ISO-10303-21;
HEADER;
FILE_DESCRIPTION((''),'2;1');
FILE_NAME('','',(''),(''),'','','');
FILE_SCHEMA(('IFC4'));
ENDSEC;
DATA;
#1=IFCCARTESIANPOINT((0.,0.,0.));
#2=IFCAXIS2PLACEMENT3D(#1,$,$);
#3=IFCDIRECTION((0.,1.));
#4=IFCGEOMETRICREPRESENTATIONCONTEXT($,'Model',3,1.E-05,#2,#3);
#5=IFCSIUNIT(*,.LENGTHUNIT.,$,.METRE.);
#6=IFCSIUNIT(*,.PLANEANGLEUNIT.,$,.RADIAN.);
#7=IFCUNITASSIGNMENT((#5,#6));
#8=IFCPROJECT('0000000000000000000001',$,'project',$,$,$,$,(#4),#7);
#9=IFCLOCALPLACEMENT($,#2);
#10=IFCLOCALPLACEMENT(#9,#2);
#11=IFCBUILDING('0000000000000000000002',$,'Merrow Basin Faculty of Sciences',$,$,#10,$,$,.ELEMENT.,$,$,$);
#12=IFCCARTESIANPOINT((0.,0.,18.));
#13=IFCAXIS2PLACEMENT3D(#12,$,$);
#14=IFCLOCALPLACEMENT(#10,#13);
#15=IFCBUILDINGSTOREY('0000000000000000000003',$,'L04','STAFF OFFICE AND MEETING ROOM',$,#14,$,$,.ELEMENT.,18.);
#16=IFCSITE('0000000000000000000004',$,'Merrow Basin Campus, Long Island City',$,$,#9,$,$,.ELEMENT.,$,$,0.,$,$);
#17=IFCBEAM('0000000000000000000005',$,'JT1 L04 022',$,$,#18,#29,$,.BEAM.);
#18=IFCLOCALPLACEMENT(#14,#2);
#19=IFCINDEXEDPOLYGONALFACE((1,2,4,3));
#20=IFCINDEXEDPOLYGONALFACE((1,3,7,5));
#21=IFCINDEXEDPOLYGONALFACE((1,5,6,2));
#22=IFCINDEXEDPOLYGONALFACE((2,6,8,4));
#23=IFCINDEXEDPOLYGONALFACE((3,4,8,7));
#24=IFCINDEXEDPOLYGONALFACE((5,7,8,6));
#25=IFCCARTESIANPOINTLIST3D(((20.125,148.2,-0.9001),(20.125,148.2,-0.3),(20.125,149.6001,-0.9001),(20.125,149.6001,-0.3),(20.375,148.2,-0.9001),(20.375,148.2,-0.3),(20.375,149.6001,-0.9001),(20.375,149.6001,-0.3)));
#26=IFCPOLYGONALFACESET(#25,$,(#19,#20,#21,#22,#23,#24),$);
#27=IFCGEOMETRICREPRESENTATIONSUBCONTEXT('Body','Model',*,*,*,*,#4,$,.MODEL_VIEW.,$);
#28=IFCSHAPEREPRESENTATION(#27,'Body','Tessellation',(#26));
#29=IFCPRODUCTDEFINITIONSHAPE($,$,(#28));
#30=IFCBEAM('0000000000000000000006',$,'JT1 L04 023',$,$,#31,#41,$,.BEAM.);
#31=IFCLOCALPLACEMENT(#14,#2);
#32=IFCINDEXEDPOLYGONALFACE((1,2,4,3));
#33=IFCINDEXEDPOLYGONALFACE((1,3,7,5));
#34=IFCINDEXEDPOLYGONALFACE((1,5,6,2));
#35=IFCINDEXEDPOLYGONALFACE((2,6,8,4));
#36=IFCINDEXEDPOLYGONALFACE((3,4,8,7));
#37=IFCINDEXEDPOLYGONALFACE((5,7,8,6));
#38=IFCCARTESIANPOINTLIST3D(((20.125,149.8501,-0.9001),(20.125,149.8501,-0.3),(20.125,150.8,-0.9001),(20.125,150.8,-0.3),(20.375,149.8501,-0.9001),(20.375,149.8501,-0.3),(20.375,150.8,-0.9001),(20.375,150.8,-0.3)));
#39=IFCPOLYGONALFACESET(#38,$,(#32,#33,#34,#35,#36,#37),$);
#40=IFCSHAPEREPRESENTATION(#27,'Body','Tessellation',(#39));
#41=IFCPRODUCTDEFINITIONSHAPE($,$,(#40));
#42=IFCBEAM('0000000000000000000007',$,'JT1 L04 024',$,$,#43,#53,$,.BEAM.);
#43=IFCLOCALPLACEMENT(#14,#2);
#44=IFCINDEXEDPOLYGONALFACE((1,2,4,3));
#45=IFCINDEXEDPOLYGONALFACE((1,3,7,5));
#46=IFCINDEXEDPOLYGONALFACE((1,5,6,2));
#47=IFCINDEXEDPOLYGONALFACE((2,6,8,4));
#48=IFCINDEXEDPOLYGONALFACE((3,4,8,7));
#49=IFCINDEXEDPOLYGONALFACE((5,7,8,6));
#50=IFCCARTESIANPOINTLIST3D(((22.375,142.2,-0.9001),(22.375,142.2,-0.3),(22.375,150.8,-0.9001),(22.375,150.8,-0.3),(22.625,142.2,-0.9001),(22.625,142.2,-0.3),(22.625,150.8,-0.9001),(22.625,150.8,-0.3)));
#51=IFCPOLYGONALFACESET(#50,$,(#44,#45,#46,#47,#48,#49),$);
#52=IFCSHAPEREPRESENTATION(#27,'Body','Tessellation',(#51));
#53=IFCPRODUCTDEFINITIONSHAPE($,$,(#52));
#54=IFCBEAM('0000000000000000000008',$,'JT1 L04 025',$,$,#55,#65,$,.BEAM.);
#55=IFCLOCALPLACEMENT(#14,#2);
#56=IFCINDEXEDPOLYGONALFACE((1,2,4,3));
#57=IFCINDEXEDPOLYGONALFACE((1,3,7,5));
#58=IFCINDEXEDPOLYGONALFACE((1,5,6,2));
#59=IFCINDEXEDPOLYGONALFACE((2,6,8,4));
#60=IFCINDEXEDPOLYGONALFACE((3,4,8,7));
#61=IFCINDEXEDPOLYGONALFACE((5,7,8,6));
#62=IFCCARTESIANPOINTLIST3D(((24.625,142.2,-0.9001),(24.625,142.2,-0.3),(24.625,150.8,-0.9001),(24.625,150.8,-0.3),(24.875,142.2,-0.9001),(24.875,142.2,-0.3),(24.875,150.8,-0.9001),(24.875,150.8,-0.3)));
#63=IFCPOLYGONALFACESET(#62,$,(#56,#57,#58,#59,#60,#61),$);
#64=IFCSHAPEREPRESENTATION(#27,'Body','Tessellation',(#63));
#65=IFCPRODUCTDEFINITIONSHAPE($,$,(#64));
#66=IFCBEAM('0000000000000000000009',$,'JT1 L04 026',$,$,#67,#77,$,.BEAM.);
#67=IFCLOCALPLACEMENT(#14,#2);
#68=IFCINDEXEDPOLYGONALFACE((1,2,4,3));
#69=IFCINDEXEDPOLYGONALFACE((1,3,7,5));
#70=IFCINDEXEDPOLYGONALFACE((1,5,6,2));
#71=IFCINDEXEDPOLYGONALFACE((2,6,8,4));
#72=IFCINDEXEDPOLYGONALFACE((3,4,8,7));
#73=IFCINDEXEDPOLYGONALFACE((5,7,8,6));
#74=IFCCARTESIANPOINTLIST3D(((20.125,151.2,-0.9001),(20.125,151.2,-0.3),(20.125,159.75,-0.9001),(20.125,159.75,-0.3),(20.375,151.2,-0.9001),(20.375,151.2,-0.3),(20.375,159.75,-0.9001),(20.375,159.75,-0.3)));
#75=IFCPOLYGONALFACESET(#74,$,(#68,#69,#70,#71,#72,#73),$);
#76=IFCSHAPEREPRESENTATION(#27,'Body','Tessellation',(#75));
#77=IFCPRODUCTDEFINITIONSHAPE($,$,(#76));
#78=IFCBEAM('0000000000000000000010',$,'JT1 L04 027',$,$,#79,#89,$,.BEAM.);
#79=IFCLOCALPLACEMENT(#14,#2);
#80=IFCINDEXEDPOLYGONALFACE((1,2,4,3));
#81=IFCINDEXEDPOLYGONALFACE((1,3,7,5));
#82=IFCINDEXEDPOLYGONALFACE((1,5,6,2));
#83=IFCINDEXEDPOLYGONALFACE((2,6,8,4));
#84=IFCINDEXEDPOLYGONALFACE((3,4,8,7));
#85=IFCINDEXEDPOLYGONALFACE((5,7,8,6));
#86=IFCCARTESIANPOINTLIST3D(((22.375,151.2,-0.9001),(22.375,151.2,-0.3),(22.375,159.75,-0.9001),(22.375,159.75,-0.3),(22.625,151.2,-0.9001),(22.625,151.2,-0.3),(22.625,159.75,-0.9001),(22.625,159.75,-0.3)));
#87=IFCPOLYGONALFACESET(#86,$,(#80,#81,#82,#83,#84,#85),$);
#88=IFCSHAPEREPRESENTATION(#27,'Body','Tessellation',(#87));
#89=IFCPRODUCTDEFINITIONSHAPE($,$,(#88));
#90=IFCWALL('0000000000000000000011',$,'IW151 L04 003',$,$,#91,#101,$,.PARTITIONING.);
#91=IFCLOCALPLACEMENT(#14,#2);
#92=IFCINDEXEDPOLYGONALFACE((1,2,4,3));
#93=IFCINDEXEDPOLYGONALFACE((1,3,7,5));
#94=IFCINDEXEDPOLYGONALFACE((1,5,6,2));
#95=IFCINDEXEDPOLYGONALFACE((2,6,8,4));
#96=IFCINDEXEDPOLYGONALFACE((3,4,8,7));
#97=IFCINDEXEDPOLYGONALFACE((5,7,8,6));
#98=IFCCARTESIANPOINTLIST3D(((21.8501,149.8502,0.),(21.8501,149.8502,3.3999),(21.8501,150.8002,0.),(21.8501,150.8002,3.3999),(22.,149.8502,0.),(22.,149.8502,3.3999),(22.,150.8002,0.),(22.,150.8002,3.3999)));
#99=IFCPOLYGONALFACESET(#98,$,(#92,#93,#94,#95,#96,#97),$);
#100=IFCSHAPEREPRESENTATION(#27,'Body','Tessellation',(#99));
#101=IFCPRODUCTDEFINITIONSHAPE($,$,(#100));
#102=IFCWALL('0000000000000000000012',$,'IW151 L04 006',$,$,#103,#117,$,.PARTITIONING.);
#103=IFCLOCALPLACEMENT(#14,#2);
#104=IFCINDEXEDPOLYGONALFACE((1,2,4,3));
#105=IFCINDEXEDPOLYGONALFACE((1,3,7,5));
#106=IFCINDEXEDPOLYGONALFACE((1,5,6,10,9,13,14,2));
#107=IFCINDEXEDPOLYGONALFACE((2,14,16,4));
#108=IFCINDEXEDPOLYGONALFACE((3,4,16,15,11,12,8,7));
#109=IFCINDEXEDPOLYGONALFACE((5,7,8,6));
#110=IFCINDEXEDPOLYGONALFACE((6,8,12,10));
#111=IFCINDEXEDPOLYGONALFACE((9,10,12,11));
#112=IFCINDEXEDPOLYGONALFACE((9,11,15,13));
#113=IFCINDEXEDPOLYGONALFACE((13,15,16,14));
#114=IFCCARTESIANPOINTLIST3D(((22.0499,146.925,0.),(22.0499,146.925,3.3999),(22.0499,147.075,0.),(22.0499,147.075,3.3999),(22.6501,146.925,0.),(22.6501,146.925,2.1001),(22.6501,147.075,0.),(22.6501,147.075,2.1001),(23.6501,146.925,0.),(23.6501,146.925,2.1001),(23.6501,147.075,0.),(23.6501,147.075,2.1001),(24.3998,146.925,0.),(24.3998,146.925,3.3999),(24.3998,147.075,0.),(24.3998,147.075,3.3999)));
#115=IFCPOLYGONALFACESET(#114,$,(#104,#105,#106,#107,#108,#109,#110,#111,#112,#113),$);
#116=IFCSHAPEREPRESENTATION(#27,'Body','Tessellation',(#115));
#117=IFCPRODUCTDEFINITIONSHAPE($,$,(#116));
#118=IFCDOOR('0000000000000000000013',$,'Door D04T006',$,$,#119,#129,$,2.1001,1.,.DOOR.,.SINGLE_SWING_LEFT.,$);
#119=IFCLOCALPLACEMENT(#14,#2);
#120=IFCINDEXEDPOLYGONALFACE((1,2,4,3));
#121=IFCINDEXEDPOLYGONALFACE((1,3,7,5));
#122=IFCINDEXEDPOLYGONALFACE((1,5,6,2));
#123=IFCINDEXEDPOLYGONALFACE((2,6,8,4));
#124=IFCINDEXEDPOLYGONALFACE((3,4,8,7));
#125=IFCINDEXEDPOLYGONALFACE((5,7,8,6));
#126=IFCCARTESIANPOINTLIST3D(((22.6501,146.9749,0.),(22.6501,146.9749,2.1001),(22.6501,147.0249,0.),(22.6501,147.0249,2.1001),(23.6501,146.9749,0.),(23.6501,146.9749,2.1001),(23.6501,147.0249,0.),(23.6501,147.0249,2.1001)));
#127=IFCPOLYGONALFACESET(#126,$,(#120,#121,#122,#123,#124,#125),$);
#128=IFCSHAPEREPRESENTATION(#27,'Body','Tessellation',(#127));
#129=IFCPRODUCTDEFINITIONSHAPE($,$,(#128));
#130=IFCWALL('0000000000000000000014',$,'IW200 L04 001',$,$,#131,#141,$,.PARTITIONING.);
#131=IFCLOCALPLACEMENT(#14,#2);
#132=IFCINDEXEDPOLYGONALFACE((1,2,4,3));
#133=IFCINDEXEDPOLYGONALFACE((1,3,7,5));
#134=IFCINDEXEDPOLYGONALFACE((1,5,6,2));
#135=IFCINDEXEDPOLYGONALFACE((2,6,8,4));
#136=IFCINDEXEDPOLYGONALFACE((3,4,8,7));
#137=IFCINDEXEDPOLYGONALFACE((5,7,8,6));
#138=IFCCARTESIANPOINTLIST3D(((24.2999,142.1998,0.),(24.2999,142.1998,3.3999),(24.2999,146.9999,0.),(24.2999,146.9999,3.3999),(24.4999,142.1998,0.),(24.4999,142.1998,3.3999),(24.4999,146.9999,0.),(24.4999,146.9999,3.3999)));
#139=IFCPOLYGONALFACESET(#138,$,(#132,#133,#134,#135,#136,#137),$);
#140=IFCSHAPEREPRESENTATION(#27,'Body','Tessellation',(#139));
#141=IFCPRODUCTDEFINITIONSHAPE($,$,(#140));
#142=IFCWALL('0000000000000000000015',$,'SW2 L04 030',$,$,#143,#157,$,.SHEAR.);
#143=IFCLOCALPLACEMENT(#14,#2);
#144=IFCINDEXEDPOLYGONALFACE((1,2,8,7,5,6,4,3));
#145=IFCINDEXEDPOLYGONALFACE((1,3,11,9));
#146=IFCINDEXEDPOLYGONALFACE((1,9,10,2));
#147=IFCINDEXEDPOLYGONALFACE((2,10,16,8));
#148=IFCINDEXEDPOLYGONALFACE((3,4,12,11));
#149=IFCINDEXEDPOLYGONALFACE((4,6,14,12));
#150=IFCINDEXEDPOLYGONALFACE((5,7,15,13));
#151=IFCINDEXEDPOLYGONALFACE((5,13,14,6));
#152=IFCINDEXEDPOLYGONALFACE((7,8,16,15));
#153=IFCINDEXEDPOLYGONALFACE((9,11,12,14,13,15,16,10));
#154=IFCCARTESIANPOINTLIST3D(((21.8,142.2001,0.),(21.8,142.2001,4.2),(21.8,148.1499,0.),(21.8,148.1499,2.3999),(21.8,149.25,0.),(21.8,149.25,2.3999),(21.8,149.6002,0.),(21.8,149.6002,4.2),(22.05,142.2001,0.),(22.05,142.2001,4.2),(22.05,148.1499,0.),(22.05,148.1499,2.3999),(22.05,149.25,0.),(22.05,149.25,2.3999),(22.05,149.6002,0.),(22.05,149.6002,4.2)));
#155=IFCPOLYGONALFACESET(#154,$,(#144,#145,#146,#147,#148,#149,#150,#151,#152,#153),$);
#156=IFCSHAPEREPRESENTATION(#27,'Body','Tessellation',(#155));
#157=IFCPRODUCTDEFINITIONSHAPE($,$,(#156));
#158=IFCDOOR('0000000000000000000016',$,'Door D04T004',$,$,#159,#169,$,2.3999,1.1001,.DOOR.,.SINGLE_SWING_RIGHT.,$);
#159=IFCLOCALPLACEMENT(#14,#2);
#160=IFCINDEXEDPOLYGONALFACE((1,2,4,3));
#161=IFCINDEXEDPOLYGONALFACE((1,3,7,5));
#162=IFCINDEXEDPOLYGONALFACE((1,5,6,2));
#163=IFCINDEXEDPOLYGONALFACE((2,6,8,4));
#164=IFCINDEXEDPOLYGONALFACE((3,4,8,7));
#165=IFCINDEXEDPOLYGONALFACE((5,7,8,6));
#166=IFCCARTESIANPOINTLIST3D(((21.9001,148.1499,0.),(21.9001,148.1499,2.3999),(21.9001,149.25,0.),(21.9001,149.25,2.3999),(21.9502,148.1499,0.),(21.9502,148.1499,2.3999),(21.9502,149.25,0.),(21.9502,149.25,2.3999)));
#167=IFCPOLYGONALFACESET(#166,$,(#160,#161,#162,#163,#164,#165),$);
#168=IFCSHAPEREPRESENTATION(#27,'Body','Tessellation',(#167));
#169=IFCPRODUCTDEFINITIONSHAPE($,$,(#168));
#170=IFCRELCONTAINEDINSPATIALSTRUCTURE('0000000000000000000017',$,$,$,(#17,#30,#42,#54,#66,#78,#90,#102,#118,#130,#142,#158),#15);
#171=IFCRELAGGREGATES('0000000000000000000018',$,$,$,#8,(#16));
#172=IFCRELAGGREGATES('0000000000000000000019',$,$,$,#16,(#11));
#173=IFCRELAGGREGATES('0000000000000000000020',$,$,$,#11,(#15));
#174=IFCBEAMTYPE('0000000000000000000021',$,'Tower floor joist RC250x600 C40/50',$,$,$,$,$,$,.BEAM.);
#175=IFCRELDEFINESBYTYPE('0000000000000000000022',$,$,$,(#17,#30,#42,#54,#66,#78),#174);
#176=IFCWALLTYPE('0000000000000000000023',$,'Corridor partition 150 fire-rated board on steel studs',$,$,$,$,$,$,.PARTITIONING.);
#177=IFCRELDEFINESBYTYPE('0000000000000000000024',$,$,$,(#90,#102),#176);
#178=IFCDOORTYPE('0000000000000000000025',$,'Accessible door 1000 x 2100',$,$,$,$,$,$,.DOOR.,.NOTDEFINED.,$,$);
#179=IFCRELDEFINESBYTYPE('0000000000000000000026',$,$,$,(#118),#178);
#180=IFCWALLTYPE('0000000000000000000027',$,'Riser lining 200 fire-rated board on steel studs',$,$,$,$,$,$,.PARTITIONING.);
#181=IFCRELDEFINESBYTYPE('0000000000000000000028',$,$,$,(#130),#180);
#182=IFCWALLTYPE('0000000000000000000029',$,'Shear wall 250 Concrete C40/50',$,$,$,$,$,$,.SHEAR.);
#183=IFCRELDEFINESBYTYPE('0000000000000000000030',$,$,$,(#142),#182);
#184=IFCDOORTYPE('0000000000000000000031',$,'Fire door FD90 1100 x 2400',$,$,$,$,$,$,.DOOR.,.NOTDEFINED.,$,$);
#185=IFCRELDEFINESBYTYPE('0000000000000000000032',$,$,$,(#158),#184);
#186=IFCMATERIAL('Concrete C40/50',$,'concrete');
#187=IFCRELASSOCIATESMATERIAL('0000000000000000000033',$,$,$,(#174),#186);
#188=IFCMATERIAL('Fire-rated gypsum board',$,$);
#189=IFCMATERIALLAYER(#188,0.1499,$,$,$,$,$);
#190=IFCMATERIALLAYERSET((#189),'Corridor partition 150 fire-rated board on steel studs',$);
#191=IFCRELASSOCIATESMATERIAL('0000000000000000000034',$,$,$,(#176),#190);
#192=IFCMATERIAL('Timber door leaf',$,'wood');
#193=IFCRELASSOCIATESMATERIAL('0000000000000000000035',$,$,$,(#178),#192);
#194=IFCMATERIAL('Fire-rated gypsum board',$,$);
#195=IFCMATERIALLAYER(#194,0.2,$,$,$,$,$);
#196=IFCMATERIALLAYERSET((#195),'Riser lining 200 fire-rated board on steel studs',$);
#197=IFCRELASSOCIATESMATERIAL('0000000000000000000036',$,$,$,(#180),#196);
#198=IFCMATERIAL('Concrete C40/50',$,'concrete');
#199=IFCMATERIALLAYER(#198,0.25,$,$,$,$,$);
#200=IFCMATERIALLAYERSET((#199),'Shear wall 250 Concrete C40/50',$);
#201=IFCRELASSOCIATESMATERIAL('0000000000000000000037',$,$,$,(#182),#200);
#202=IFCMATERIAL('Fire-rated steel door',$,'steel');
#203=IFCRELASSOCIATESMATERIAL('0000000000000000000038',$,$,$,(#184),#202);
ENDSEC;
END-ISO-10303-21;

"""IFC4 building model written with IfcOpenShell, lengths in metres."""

from ifc_helpers import new_model, si_unit, direction, frame, frame_2d, origin, origin_2d, place, context, subcontext, project, spatial, rectangle, extrude, material, layer, layer_set, material_profile, profile_set, type_object, element, fill, save


model = new_model("IFC4")

# Units and contexts
model_context = context("Model", 3, precision=1e-05, world=origin(), true_north=direction((0.0, 1.0)))
body_context = subcontext(model_context, "Body", "Model", "MODEL_VIEW")
ifc_project = project(units=[si_unit("LENGTHUNIT", "METRE"), si_unit("PLANEANGLEUNIT", "RADIAN")], contexts=[model_context])

# Site, building, storey
site_placement = place(None, origin())
site = spatial("IfcSite", under=ifc_project, at=site_placement, Name="Merrow Basin Campus, Long Island City", CompositionType="ELEMENT", RefElevation=0.0)
building_placement = place(site_placement, origin())
building = spatial("IfcBuilding", under=site, at=building_placement, Name="Merrow Basin Faculty of Sciences", CompositionType="ELEMENT")
storey_placement = place(building_placement, frame((0.0, 0.0, 18.0)))
storey = spatial("IfcBuildingStorey", under=building, at=storey_placement, Name="L04", Description="STAFF OFFICE AND MEETING ROOM", CompositionType="ELEMENT", Elevation=18.0)

# Beams
ifc_material_1 = material(Name="Concrete C40/50", Category="concrete")
ifc_material_profile = material_profile(ifc_material_1, rectangle(XDim=0.25, YDim=0.6001, at=origin_2d()))
ifc_profile_set = profile_set([ifc_material_profile], Name="Concrete C40/50")
beam_type = type_object("IfcBeamType", Name="Tower floor joist RC250x600 C40/50", PredefinedType="BEAM", material=ifc_profile_set)
beam_1_placement = place(storey_placement, frame((20.25, 148.2, -0.6001), z_axis=(0.0, 1.0, 0.0), x_axis=(-1.0, 0.0, 0.0)))
element("IfcBeam", 1, at=beam_1_placement, inside=storey, type_object=beam_type, Name="JT1 L04 022", PredefinedType="BEAM", context=body_context, shape_type="SweptSolid", body=[
    extrude(rectangle(XDim=0.25, YDim=0.6001, at=origin_2d()), origin(), (0.0, 0.0, 1.0), 1.4001),
])
beam_2_placement = place(storey_placement, frame((20.25, 149.8501, -0.6001), z_axis=(0.0, 1.0, 0.0), x_axis=(-1.0, 0.0, 0.0)))
element("IfcBeam", 2, at=beam_2_placement, inside=storey, type_object=beam_type, Name="JT1 L04 023", PredefinedType="BEAM", context=body_context, shape_type="SweptSolid", body=[
    extrude(rectangle(XDim=0.25, YDim=0.6001, at=origin_2d()), origin(), (0.0, 0.0, 1.0), 0.95),
])
for number, where, z_axis, x_axis, name in (
    (3, (22.5, 142.2, -0.6001), (0.0, 1.0, 0.0), (-1.0, 0.0, 0.0), "JT1 L04 024"),
    (4, (24.75, 142.2, -0.6001), (0.0, 1.0, 0.0), (-1.0, 0.0, 0.0), "JT1 L04 025"),
):
    element("IfcBeam", number, at=place(storey_placement, frame(where, z_axis=z_axis, x_axis=x_axis)), inside=storey, type_object=beam_type, Name=name, PredefinedType="BEAM", context=body_context, shape_type="SweptSolid", body=[
        extrude(rectangle(XDim=0.25, YDim=0.6001, at=origin_2d()), origin(), (0.0, 0.0, 1.0), 8.6001),
    ])
for number, where, z_axis, x_axis, name in (
    (5, (20.25, 151.2, -0.6001), (0.0, 1.0, 0.0), (-1.0, 0.0, 0.0), "JT1 L04 026"),
    (6, (22.5, 151.2, -0.6001), (0.0, 1.0, 0.0), (-1.0, 0.0, 0.0), "JT1 L04 027"),
):
    element("IfcBeam", number, at=place(storey_placement, frame(where, z_axis=z_axis, x_axis=x_axis)), inside=storey, type_object=beam_type, Name=name, PredefinedType="BEAM", context=body_context, shape_type="SweptSolid", body=[
        extrude(rectangle(XDim=0.25, YDim=0.6001, at=origin_2d()), origin(), (0.0, 0.0, 1.0), 8.55),
    ])

# Wall
ifc_material_2 = material(Name="Fire-rated gypsum board")
ifc_layer_1 = layer(ifc_material_2, 0.1499)
ifc_layer_set_1 = layer_set([ifc_layer_1], Name="Corridor partition 150 fire-rated board on steel studs")
wall_type_1 = type_object("IfcWallType", Name="Corridor partition 150 fire-rated board on steel studs", PredefinedType="PARTITIONING", material=ifc_layer_set_1)
wall_1_placement = place(storey_placement, frame((21.925, 149.8501, 0.0), z_axis=(0.0, 0.0, 1.0), x_axis=(0.0, 1.0, 0.0)))
element("IfcWall", 7, at=wall_1_placement, inside=storey, type_object=wall_type_1, Name="IW151 L04 003", PredefinedType="PARTITIONING", context=body_context, shape_type="SweptSolid", body=[
    extrude(rectangle(XDim=0.95, YDim=0.1499, at=frame_2d((0.4751, 0.0))), origin(), (0.0, 0.0, 1.0), 3.3999),
])

# Wall, opening, door
wall_2_placement = place(storey_placement, frame((22.05, 147.0, 0.0), z_axis=(0.0, 0.0, 1.0), x_axis=(1.0, 0.0, 0.0)))
wall_2 = element("IfcWall", 8, at=wall_2_placement, inside=storey, type_object=wall_type_1, Name="IW151 L04 006", PredefinedType="PARTITIONING", context=body_context, shape_type="SweptSolid", body=[
    extrude(rectangle(XDim=2.3499, YDim=0.1499, at=frame_2d((1.1748, 0.0))), origin(), (0.0, 0.0, 1.0), 3.3999),
])
opening_1_placement = place(wall_2_placement, frame((0.6001, 0.0, 0.0)))
opening_1 = element("IfcOpeningElement", 9, at=opening_1_placement, cuts=wall_2, PredefinedType="OPENING", context=body_context, shape_type="SweptSolid", body=[
    extrude(rectangle(XDim=1.0, YDim=2.1001, at=frame_2d((0.5, 1.05))), frame((0.0, 0.085, 0.0), z_axis=(0.0, -1.0, 0.0), x_axis=(1.0, 0.0, 0.0)), (0.0, 0.0, 1.0), 0.1699),
])
ifc_material_3 = material(Name="Timber door leaf", Category="wood")
door_type_1 = type_object("IfcDoorType", Name="Accessible door 1000 x 2100", OperationType="NOTDEFINED", PredefinedType="DOOR", material=ifc_material_3)
door_1_placement = place(opening_1_placement, origin())
door_1 = element("IfcDoor", 10, at=door_1_placement, inside=storey, type_object=door_type_1, Name="Door D04T006", OperationType="SINGLE_SWING_LEFT", OverallHeight=2.1001, OverallWidth=1.0, PredefinedType="DOOR", context=body_context, shape_type="SweptSolid", body=[
    extrude(rectangle(XDim=1.0, YDim=2.1001, at=frame_2d((0.5, 1.05))), frame((0.0, 0.0249, 0.0), z_axis=(0.0, -1.0, 0.0), x_axis=(1.0, 0.0, 0.0)), (0.0, 0.0, 1.0), 0.05),
])
fill(opening_1, door_1)

# Wall
ifc_material_4 = material(Name="Fire-rated gypsum board")
ifc_layer_2 = layer(ifc_material_4, 0.2)
ifc_layer_set_2 = layer_set([ifc_layer_2], Name="Riser lining 200 fire-rated board on steel studs")
wall_type_2 = type_object("IfcWallType", Name="Riser lining 200 fire-rated board on steel studs", PredefinedType="PARTITIONING", material=ifc_layer_set_2)
wall_3_placement = place(storey_placement, frame((24.3999, 142.2, 0.0), z_axis=(0.0, 0.0, 1.0), x_axis=(0.0, 1.0, 0.0)))
element("IfcWall", 11, at=wall_3_placement, inside=storey, type_object=wall_type_2, Name="IW200 L04 001", PredefinedType="PARTITIONING", context=body_context, shape_type="SweptSolid", body=[
    extrude(rectangle(XDim=4.8, YDim=0.2, at=frame_2d((2.3999, 0.0))), origin(), (0.0, 0.0, 1.0), 3.3999),
])

# Wall, opening, door
ifc_material_5 = material(Name="Concrete C40/50", Category="concrete")
ifc_layer_3 = layer(ifc_material_5, 0.25)
ifc_layer_set_3 = layer_set([ifc_layer_3], Name="Shear wall 250 Concrete C40/50")
wall_type_3 = type_object("IfcWallType", Name="Shear wall 250 Concrete C40/50", PredefinedType="SHEAR", material=ifc_layer_set_3)
wall_4_placement = place(storey_placement, frame((21.925, 142.2, 0.0), z_axis=(0.0, 0.0, 1.0), x_axis=(0.0, 1.0, 0.0)))
wall_4 = element("IfcWall", 12, at=wall_4_placement, inside=storey, type_object=wall_type_3, Name="SW2 L04 030", PredefinedType="SHEAR", context=body_context, shape_type="SweptSolid", body=[
    extrude(rectangle(XDim=7.4001, YDim=0.25, at=frame_2d((3.7002, 0.0))), origin(), (0.0, 0.0, 1.0), 4.2),
])
opening_2_placement = place(wall_4_placement, frame((5.95, 0.0, 0.0)))
opening_2 = element("IfcOpeningElement", 13, at=opening_2_placement, cuts=wall_4, PredefinedType="OPENING", context=body_context, shape_type="SweptSolid", body=[
    extrude(rectangle(XDim=1.1001, YDim=2.3999, at=frame_2d((0.55, 1.2))), frame((0.0, 0.135, 0.0), z_axis=(0.0, -1.0, 0.0), x_axis=(1.0, 0.0, 0.0)), (0.0, 0.0, 1.0), 0.27),
])
ifc_material_6 = material(Name="Fire-rated steel door", Category="steel")
door_type_2 = type_object("IfcDoorType", Name="Fire door FD90 1100 x 2400", OperationType="NOTDEFINED", PredefinedType="DOOR", material=ifc_material_6)
door_2_placement = place(opening_2_placement, origin())
door_2 = element("IfcDoor", 14, at=door_2_placement, inside=storey, type_object=door_type_2, Name="Door D04T004", OperationType="SINGLE_SWING_RIGHT", OverallHeight=2.3999, OverallWidth=1.1001, PredefinedType="DOOR", context=body_context, shape_type="SweptSolid", body=[
    extrude(rectangle(XDim=1.1001, YDim=2.3999, at=frame_2d((0.55, 1.2))), frame((0.0, 0.0249, 0.0), z_axis=(0.0, -1.0, 0.0), x_axis=(1.0, 0.0, 0.0)), (0.0, 0.0, 1.0), 0.05),
])
fill(opening_2, door_2)

save(model, "model.ifc")
